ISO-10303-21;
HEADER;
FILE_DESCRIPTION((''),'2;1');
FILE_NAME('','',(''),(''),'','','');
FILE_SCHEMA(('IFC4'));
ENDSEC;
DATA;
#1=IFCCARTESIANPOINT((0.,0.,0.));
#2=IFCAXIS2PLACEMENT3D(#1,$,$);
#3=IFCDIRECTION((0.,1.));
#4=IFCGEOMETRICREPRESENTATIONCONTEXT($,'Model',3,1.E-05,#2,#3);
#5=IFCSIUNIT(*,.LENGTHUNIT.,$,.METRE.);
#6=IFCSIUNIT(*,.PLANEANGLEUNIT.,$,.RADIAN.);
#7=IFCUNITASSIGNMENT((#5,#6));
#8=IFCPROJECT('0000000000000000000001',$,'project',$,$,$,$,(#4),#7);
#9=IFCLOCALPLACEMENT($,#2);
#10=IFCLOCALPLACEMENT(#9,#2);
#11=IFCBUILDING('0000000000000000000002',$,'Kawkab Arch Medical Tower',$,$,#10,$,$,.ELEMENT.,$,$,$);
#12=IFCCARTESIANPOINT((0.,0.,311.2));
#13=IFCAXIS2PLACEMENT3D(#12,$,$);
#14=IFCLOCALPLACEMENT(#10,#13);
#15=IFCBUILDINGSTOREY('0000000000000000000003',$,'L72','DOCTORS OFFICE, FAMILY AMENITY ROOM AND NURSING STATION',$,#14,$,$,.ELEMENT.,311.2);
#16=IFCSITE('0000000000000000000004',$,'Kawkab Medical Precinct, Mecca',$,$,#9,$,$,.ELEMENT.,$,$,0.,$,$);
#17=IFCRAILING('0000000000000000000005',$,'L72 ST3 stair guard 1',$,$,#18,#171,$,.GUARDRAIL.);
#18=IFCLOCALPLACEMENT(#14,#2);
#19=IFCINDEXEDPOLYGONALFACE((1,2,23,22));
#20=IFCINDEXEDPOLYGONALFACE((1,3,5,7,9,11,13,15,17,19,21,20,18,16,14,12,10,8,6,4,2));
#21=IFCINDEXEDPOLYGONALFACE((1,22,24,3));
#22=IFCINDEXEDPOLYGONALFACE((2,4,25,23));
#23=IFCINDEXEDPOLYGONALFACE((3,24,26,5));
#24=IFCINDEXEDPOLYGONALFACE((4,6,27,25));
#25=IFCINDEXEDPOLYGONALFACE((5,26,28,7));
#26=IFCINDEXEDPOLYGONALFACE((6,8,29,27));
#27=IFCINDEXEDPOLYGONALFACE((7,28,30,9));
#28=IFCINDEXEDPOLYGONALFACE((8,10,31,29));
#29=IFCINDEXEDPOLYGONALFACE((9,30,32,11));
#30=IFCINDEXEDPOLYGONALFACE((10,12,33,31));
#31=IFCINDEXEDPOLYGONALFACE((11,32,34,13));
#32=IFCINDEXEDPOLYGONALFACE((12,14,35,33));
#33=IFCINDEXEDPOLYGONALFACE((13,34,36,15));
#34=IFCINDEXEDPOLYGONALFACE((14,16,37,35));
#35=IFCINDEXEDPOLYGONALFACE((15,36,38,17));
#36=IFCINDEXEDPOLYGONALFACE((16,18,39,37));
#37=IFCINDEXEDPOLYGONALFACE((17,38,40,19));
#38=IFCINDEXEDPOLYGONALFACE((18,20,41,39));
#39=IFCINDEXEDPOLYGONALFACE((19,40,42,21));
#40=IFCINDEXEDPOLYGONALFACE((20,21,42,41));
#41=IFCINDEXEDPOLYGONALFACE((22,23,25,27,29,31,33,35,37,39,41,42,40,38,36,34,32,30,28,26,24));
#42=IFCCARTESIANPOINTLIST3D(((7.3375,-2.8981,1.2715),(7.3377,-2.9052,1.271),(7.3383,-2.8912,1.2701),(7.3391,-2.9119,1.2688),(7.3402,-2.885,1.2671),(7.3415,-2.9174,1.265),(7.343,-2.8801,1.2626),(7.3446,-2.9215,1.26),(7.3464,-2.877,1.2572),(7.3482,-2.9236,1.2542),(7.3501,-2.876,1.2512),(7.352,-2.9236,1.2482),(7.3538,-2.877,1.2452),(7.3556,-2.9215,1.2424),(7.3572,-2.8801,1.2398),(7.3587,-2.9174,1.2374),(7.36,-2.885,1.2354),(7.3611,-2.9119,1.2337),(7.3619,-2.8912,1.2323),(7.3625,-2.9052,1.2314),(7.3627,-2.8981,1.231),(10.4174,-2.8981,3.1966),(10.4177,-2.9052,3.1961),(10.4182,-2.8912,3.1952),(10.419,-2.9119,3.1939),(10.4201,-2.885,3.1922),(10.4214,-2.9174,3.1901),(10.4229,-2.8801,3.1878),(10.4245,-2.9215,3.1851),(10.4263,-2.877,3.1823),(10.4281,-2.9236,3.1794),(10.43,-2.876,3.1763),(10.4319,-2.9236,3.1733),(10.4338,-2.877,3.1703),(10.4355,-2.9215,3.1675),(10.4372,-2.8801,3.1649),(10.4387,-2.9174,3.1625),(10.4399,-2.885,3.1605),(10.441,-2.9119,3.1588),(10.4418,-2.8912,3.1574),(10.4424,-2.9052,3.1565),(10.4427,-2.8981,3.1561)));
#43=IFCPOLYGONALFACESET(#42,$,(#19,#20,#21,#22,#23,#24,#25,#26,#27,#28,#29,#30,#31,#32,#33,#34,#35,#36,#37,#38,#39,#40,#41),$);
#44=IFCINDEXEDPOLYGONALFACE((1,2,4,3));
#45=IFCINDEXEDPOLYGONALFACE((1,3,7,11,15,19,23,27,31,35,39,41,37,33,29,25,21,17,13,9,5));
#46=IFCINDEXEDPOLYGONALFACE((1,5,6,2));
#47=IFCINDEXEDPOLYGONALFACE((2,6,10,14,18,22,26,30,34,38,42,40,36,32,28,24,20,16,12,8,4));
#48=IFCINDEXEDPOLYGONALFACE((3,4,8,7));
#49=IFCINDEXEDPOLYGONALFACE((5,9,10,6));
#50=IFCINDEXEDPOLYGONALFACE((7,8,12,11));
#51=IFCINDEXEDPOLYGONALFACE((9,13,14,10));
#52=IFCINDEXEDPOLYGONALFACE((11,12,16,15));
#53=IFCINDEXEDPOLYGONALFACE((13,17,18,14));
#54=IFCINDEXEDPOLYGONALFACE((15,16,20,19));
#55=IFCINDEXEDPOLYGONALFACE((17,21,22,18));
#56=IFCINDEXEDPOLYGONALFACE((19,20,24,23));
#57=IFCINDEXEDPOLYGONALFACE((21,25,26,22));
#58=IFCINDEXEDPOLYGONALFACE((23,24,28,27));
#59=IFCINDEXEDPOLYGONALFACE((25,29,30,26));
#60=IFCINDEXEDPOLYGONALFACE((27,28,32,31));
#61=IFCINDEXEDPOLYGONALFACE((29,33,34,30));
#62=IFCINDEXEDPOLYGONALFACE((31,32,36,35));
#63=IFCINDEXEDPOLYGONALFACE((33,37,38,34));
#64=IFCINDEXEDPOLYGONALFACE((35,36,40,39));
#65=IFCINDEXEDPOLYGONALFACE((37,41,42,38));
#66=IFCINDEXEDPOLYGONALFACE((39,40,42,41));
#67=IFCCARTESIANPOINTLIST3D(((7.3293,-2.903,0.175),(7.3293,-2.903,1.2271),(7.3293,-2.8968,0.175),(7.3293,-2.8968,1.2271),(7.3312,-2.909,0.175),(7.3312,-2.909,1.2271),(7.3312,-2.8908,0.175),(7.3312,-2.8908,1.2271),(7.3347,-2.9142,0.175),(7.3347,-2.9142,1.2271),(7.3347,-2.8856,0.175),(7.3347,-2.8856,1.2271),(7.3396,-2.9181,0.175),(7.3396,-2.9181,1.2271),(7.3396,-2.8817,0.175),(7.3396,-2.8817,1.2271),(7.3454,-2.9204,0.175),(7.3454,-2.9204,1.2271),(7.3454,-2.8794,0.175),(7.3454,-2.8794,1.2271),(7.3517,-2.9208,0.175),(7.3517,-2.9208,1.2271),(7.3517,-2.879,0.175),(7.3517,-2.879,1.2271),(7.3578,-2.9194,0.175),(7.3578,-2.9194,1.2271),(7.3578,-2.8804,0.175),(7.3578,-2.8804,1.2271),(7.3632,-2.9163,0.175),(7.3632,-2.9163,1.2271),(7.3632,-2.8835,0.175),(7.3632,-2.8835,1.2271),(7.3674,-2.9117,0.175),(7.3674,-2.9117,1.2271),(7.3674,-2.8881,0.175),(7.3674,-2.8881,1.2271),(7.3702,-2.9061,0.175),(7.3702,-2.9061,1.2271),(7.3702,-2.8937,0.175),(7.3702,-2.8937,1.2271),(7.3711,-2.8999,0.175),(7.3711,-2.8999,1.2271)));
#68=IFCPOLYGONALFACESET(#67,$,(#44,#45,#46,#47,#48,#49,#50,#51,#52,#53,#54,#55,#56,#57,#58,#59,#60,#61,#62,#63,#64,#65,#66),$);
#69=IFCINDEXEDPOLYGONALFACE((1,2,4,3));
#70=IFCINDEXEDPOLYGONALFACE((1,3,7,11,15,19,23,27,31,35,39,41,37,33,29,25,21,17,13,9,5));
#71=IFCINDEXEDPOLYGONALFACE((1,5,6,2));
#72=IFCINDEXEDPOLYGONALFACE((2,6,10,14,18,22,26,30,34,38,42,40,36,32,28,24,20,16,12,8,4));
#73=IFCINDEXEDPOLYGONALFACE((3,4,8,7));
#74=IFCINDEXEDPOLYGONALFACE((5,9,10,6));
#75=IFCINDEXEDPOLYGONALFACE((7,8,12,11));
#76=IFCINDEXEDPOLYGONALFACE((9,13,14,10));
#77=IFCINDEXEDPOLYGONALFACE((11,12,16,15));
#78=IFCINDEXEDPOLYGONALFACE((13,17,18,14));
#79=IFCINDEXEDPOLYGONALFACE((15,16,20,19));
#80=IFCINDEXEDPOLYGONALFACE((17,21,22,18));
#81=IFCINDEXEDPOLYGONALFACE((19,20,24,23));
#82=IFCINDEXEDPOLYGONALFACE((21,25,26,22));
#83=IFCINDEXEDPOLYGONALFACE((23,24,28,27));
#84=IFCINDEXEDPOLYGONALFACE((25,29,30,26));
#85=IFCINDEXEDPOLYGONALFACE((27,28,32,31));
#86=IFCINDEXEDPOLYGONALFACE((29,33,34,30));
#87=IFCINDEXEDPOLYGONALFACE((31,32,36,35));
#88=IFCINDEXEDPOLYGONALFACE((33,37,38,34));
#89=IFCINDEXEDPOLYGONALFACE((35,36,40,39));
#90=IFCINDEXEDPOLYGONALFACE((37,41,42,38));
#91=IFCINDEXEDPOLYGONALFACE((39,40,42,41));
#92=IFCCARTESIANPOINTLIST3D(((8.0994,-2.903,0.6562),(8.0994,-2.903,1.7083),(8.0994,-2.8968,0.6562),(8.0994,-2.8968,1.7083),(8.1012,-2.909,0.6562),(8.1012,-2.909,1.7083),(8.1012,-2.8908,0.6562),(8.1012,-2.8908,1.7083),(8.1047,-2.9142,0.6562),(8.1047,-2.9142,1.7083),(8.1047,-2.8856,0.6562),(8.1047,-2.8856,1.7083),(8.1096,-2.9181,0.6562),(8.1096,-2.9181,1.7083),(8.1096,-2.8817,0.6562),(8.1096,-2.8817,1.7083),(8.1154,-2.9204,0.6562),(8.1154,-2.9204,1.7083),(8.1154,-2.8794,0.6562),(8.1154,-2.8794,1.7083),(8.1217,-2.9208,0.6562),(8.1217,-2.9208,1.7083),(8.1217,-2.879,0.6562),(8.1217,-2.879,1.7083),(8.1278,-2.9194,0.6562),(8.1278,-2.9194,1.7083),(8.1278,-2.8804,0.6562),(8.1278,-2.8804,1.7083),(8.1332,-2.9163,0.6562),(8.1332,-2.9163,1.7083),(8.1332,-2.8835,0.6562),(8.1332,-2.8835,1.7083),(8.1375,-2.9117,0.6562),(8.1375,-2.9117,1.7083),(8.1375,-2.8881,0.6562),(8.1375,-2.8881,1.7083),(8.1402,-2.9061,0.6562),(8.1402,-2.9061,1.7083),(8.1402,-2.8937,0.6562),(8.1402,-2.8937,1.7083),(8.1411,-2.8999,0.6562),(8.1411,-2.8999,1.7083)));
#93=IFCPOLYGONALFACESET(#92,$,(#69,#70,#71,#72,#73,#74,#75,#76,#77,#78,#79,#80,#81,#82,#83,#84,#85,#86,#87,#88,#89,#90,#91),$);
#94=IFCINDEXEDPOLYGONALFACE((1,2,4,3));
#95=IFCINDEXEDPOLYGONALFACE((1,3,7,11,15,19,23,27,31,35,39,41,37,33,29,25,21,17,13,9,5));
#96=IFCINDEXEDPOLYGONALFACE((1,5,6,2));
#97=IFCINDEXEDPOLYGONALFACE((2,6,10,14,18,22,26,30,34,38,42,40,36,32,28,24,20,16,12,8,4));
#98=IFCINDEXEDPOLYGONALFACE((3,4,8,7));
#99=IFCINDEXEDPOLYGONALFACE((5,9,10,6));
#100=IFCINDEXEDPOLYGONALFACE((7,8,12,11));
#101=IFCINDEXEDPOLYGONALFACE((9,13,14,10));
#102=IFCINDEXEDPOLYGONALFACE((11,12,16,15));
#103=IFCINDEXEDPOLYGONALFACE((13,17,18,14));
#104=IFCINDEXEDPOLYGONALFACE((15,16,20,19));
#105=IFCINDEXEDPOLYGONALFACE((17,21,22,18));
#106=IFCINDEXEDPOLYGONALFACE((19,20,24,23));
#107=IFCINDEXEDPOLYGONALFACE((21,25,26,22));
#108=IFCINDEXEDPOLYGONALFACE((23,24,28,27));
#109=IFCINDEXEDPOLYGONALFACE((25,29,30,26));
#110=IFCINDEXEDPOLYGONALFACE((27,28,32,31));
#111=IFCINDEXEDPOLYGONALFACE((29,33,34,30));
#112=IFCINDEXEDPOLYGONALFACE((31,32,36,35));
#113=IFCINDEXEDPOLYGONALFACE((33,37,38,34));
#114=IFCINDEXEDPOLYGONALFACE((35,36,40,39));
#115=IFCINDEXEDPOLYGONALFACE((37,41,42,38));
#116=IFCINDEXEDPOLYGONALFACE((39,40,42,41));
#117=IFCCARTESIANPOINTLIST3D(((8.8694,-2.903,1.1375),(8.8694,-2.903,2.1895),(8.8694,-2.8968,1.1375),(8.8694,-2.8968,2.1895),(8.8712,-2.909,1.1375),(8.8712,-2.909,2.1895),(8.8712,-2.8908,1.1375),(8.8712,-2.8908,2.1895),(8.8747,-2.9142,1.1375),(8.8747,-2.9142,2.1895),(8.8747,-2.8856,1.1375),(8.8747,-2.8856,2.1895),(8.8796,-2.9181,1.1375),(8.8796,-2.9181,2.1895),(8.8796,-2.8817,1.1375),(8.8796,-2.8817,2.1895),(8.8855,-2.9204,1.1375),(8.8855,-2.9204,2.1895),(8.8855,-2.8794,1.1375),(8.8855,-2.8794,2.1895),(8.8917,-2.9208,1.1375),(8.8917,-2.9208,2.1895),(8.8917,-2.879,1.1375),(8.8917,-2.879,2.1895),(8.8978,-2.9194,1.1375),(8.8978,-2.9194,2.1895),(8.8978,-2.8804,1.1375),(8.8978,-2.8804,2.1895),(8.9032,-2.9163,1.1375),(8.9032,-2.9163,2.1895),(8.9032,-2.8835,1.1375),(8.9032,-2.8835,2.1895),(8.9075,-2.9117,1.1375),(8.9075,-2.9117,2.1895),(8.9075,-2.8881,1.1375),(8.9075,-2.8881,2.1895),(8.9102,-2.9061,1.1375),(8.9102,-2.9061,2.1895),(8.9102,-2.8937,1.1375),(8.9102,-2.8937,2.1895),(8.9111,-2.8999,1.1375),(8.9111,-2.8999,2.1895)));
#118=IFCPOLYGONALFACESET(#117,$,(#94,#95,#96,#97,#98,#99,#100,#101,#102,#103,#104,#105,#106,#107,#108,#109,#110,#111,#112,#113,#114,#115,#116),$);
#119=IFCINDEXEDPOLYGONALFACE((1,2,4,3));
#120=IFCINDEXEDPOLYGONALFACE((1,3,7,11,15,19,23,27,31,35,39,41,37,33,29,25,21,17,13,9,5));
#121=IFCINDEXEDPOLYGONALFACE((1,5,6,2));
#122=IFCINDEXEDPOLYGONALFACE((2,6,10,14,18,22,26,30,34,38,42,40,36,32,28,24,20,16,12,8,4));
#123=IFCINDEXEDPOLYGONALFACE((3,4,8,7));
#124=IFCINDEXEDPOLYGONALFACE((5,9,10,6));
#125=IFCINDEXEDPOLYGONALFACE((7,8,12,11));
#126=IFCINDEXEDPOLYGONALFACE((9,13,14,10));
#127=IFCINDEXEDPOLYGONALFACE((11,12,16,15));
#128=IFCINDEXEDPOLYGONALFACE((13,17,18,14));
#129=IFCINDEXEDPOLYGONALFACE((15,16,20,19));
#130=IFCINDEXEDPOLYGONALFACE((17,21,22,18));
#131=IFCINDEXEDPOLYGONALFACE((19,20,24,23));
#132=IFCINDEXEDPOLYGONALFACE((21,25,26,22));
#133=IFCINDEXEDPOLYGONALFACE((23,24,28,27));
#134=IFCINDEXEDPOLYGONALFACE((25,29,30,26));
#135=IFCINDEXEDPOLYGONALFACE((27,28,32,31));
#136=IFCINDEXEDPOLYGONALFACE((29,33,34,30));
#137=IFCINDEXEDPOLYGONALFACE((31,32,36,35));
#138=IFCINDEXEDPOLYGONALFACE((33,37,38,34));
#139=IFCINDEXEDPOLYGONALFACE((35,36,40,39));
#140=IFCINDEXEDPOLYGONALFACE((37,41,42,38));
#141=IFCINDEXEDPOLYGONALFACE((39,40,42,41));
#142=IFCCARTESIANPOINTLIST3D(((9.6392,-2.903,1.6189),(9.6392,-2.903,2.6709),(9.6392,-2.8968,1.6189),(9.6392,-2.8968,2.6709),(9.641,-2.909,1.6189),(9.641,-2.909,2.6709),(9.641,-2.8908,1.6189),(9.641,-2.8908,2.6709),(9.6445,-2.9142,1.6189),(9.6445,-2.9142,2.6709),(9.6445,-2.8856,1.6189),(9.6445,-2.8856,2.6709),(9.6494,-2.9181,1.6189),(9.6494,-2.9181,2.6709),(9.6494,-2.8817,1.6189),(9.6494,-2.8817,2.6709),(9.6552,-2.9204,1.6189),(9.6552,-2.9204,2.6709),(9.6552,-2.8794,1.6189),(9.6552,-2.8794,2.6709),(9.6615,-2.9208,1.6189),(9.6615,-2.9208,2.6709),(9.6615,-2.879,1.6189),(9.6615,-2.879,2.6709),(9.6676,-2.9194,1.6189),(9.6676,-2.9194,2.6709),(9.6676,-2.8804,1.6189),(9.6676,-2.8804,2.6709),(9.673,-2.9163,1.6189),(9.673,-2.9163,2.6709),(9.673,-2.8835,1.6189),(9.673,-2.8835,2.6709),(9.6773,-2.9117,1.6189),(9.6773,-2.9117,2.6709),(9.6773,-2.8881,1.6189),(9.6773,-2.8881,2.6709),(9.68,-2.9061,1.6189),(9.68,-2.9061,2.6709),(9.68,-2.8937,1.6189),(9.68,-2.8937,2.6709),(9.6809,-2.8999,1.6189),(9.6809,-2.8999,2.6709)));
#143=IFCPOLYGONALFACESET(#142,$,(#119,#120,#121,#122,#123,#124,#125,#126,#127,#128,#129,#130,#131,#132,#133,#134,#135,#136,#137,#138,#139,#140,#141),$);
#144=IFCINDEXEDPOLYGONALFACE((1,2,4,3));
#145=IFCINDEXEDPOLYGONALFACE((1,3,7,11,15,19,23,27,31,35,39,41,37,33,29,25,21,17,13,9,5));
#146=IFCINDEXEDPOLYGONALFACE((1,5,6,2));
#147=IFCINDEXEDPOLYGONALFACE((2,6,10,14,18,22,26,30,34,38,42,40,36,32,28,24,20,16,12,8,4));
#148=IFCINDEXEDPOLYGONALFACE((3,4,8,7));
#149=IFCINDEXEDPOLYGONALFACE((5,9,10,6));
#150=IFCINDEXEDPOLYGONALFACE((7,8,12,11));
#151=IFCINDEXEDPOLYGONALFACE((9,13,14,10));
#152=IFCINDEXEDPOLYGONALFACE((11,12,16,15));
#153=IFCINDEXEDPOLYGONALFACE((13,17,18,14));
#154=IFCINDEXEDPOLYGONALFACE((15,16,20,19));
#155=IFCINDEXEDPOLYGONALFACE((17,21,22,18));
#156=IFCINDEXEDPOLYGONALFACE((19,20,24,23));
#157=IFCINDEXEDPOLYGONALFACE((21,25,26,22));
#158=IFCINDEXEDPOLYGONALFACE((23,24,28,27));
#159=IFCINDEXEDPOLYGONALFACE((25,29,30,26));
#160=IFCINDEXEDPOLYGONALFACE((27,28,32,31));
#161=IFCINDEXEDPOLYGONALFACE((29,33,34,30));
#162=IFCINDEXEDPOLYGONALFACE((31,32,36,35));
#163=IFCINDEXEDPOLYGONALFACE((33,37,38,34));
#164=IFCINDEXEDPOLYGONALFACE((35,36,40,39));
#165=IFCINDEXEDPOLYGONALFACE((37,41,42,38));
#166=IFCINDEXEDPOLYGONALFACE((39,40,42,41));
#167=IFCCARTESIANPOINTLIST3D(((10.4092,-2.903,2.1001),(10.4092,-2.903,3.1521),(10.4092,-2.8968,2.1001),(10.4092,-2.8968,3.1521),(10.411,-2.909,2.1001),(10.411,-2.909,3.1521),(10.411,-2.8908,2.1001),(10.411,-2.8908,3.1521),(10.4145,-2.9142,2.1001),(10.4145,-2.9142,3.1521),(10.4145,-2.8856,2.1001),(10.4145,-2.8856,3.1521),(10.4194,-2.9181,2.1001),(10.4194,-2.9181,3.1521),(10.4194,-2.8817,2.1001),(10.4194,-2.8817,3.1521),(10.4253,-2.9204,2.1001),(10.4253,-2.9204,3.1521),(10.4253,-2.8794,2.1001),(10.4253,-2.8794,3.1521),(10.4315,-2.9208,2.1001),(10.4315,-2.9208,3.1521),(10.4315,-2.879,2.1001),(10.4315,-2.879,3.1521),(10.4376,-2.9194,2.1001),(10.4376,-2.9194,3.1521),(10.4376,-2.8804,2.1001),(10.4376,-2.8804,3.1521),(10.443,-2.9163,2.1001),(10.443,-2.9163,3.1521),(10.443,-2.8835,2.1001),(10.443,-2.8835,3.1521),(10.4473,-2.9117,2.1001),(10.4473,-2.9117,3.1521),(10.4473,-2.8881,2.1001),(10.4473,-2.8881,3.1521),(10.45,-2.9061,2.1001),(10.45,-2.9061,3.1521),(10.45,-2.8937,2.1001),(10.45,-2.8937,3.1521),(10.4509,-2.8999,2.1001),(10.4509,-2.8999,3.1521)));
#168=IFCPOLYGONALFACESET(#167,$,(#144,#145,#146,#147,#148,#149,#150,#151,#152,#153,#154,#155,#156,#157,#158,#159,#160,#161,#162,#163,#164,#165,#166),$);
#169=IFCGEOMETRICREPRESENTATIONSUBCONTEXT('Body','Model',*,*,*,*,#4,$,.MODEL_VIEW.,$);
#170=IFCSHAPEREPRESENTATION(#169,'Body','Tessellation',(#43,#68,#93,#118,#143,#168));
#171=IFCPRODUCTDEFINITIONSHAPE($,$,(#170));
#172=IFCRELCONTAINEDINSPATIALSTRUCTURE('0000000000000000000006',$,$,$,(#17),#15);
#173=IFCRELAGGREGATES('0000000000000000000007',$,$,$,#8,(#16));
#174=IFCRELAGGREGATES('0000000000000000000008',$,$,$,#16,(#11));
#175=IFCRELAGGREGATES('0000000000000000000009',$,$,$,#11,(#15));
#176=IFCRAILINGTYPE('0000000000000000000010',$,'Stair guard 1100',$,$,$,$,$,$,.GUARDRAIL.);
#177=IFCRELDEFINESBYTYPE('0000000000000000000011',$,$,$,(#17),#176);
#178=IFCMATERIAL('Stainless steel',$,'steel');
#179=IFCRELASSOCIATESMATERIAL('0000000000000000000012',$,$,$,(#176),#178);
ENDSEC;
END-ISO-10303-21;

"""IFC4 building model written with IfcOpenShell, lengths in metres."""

from ifc_helpers import new_model, si_unit, direction, frame, origin, origin_2d, place, context, subcontext, project, spatial, circle, extrude, material, type_object, element, save


model = new_model("IFC4")

# Units and contexts
model_context = context("Model", 3, precision=1e-05, world=origin(), true_north=direction((0.0, 1.0)))
body_context = subcontext(model_context, "Body", "Model", "MODEL_VIEW")
ifc_project = project(units=[si_unit("LENGTHUNIT", "METRE"), si_unit("PLANEANGLEUNIT", "RADIAN")], contexts=[model_context])

# Site, building, storey
site_placement = place(None, origin())
site = spatial("IfcSite", under=ifc_project, at=site_placement, Name="Kawkab Medical Precinct, Mecca", CompositionType="ELEMENT", RefElevation=0.0)
building_placement = place(site_placement, origin())
building = spatial("IfcBuilding", under=site, at=building_placement, Name="Kawkab Arch Medical Tower", CompositionType="ELEMENT")
storey_placement = place(building_placement, frame((0.0, 0.0, 311.2)))
storey = spatial("IfcBuildingStorey", under=building, at=storey_placement, Name="L72", Description="DOCTORS OFFICE, FAMILY AMENITY ROOM AND NURSING STATION", CompositionType="ELEMENT", Elevation=311.2)

# Railing
ifc_material_1 = material(Name="Stainless steel", Category="steel")
railing_type_1 = type_object("IfcRailingType", Name="Stair guard 1100", PredefinedType="GUARDRAIL", material=ifc_material_1)
railing_1_placement = place(storey_placement, frame((7.3501, -2.8999, 0.175)))
element("IfcRailing", 1, at=railing_1_placement, inside=storey, type_object=railing_type_1, Name="L72 ST3 stair guard 1", PredefinedType="GUARDRAIL", context=body_context, shape_type="SweptSolid", body=[
    extrude(circle(Radius=0.0239, at=origin_2d()), frame((0.0, 0.0, 1.0762), z_axis=(0.847979, 0.0, 0.530029), x_axis=(0.0, 1.0, 0.0)), (0.0, 0.0, 1.0), 3.6321),
    extrude(circle(Radius=0.021, at=origin_2d()), origin(), (0.0, 0.0, 1.0), 1.052),
    extrude(circle(Radius=0.021, at=origin_2d()), frame((0.77, 0.0, 0.4812)), (0.0, 0.0, 1.0), 1.052),
    extrude(circle(Radius=0.021, at=origin_2d()), frame((1.54, 0.0, 0.9624)), (0.0, 0.0, 1.0), 1.052),
    extrude(circle(Radius=0.021, at=origin_2d()), frame((2.3098, 0.0, 1.4438)), (0.0, 0.0, 1.0), 1.052),
    extrude(circle(Radius=0.021, at=origin_2d()), frame((3.0798, 0.0, 1.925)), (0.0, 0.0, 1.0), 1.052),
])

save(model, "model.ifc")
